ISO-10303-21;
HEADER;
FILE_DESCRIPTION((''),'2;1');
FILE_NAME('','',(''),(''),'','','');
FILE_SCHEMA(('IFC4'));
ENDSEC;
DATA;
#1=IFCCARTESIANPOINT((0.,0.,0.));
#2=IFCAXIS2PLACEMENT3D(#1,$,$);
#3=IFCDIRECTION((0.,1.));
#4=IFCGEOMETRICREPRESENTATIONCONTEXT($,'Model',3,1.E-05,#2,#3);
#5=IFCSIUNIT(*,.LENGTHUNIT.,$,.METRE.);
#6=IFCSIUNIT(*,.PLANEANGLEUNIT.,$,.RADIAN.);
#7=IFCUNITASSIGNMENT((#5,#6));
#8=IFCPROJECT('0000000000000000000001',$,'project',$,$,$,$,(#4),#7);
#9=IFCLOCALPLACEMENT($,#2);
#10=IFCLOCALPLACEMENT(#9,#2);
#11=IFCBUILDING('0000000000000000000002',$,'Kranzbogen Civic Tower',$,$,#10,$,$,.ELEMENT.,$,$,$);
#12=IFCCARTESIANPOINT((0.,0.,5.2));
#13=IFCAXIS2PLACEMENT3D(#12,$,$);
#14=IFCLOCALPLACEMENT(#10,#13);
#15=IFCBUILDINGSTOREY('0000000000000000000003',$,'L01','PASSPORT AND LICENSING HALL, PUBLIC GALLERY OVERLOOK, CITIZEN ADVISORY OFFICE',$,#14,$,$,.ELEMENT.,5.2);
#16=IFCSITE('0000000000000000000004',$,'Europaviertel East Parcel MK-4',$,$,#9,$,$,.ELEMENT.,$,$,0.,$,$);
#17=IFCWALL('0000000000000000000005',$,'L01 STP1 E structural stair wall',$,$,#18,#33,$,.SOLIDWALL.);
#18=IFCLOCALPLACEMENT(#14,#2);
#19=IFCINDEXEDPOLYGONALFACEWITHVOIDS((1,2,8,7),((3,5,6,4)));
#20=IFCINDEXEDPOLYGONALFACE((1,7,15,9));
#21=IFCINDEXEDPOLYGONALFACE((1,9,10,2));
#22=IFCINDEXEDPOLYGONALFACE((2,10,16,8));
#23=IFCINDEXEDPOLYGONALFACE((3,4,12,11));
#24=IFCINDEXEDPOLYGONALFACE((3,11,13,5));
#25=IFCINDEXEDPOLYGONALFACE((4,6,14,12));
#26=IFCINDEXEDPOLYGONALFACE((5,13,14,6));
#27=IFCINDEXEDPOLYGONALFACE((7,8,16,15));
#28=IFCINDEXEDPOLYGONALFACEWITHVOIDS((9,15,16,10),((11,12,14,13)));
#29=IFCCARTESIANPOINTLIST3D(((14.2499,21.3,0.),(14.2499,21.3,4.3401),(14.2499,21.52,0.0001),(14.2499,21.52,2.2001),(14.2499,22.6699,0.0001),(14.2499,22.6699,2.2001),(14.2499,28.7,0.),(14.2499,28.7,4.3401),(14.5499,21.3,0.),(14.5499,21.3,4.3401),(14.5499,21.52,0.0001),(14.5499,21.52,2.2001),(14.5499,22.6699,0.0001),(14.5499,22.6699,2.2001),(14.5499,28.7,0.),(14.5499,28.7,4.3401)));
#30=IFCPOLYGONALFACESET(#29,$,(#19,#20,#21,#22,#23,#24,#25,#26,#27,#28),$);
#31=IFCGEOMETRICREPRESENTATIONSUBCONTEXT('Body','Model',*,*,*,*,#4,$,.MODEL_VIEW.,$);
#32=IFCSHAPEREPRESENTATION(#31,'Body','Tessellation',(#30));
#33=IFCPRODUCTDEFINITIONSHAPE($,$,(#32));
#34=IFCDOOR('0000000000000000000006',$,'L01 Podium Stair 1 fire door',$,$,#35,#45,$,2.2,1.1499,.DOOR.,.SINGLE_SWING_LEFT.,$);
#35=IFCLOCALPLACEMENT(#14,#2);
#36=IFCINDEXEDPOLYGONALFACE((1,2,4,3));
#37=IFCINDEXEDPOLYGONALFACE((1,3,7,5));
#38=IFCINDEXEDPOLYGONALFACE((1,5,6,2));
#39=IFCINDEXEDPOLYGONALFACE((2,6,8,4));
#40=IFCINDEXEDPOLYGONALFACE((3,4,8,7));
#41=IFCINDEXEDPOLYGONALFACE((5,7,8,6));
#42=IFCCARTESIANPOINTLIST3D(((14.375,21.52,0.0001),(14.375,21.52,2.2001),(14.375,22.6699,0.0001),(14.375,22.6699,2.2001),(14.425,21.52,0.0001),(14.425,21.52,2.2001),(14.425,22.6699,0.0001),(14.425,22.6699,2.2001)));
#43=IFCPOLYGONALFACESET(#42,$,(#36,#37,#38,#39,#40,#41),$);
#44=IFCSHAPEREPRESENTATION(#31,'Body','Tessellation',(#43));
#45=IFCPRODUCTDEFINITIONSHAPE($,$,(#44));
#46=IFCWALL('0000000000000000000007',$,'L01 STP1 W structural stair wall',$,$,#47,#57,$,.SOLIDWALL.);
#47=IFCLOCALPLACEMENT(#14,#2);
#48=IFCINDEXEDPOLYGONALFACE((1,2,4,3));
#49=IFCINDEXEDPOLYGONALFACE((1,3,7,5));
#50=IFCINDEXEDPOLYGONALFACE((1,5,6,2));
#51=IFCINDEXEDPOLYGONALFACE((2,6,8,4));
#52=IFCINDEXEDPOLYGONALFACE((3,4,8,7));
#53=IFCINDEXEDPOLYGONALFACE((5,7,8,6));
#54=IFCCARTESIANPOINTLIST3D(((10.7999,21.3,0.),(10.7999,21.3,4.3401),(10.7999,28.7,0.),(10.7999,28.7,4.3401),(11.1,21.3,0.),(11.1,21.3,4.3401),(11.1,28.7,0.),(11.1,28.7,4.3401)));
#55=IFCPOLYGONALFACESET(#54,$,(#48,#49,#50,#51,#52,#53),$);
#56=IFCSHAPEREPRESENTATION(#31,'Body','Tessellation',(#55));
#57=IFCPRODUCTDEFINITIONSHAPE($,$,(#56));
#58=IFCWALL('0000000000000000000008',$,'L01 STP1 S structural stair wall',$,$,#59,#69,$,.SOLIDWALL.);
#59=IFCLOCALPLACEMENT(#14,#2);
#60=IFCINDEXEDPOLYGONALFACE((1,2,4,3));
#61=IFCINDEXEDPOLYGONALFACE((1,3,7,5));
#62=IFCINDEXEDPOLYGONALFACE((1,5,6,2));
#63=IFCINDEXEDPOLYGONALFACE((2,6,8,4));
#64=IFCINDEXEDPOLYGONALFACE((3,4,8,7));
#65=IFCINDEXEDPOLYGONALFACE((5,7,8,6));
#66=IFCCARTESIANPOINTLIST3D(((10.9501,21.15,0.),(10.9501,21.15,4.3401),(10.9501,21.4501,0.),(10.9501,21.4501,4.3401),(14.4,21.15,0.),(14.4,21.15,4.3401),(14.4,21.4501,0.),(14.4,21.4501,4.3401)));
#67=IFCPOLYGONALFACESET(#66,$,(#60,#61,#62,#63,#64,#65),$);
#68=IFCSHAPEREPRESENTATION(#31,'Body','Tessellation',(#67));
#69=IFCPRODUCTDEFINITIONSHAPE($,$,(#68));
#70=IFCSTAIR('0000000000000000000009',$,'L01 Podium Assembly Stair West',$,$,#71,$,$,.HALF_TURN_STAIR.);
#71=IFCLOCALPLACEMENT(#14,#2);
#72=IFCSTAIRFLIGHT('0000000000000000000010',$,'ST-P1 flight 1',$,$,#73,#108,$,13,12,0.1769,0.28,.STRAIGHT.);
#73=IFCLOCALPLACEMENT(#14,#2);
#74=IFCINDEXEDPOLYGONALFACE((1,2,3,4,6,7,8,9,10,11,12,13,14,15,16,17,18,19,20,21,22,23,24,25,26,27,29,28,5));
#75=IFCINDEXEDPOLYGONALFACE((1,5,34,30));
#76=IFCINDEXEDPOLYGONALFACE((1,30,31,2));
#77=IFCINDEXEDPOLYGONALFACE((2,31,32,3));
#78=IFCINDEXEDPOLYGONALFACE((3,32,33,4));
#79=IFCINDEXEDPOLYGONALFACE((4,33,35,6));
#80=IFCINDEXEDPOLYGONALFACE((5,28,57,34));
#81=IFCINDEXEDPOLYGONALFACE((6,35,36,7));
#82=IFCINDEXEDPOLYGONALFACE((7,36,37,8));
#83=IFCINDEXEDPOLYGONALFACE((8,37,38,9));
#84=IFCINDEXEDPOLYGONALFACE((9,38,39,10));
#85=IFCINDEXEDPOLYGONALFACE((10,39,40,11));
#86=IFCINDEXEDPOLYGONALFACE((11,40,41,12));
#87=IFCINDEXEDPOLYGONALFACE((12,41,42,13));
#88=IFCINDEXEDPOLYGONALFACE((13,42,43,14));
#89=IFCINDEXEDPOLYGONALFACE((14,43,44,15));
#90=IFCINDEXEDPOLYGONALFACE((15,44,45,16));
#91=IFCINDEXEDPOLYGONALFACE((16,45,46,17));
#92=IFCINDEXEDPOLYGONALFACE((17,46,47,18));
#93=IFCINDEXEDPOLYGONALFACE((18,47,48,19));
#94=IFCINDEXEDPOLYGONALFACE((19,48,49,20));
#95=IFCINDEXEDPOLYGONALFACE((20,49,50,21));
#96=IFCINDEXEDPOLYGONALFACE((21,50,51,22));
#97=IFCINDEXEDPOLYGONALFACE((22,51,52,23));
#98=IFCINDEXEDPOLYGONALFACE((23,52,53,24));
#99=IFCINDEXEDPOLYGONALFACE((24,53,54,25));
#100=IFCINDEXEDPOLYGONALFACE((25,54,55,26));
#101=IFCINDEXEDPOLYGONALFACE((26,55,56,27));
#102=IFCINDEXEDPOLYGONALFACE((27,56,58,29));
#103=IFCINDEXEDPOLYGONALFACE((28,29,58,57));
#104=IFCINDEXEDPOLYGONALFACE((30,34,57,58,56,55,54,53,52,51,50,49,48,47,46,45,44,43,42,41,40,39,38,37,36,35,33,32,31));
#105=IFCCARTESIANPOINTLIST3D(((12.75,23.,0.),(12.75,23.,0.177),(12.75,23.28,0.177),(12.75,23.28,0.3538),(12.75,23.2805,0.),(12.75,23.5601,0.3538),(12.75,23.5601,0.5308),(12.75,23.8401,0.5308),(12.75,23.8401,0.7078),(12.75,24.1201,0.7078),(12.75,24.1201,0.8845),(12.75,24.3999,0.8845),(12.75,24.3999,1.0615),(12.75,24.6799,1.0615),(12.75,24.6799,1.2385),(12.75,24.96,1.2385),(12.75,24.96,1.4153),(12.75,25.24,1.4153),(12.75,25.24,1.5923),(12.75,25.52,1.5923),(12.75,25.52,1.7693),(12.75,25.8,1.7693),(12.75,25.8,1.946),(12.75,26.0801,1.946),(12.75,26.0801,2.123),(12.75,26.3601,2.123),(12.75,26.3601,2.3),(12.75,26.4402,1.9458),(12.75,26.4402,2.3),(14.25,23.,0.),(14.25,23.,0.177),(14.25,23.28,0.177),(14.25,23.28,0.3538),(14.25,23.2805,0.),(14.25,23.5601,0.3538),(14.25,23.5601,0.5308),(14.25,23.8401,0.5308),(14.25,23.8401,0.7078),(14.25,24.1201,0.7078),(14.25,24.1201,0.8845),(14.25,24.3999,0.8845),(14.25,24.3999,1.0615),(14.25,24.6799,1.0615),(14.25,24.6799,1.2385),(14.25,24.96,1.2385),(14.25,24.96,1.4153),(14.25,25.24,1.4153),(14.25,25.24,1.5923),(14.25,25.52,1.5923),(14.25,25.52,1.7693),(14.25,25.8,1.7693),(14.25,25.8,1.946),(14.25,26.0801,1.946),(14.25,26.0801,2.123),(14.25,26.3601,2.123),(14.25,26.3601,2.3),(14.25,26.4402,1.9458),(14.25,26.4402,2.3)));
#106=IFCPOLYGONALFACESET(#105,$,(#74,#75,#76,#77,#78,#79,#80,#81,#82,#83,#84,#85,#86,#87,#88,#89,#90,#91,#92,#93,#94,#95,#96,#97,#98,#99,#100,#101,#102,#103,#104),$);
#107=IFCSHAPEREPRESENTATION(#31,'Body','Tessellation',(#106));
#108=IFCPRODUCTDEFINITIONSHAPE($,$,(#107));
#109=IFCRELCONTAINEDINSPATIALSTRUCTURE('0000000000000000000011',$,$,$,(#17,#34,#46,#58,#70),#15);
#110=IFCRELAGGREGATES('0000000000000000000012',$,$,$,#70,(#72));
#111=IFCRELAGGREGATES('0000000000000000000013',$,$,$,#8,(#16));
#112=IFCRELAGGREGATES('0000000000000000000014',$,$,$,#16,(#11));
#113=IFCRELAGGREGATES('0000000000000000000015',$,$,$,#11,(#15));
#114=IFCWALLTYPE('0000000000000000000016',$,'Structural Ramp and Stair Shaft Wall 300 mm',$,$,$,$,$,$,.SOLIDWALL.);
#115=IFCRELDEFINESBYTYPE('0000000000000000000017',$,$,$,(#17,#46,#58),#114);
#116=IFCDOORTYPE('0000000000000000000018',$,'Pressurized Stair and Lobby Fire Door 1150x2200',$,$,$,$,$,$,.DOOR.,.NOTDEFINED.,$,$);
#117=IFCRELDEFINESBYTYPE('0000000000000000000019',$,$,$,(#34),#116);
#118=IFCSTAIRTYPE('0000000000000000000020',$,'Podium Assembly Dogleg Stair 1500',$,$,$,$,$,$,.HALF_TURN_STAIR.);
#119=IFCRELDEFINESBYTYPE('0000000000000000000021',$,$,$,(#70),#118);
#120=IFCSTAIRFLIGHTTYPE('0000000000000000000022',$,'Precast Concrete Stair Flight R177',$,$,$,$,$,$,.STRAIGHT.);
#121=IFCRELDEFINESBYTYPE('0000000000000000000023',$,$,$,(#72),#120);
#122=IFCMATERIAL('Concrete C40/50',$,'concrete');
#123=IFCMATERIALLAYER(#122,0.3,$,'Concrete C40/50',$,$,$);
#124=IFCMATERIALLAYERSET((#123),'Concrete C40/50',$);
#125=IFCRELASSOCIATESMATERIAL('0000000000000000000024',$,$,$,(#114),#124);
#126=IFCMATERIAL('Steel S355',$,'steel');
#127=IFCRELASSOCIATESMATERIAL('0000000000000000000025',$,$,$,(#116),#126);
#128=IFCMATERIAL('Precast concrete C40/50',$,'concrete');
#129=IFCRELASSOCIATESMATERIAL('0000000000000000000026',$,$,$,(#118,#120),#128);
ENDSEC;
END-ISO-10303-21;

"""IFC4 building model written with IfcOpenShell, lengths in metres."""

from ifc_helpers import new_model, si_unit, direction, frame, frame_2d, origin, place, context, subcontext, project, spatial, polyline, rectangle, outline, extrude, material, layer, layer_set, type_object, element, fill, aggregate, save


model = new_model("IFC4")

# Units and contexts
model_context = context("Model", 3, precision=1e-05, world=origin(), true_north=direction((0.0, 1.0)))
body_context = subcontext(model_context, "Body", "Model", "MODEL_VIEW")
ifc_project = project(units=[si_unit("LENGTHUNIT", "METRE"), si_unit("PLANEANGLEUNIT", "RADIAN")], contexts=[model_context])

# Site, building, storey
site_placement = place(None, origin())
site = spatial("IfcSite", under=ifc_project, at=site_placement, Name="Europaviertel East Parcel MK-4", CompositionType="ELEMENT", RefElevation=0.0)
building_placement = place(site_placement, origin())
building = spatial("IfcBuilding", under=site, at=building_placement, Name="Kranzbogen Civic Tower", CompositionType="ELEMENT")
storey_placement = place(building_placement, frame((0.0, 0.0, 5.2)))
storey = spatial("IfcBuildingStorey", under=building, at=storey_placement, Name="L01", Description="PASSPORT AND LICENSING HALL, PUBLIC GALLERY OVERLOOK, CITIZEN ADVISORY OFFICE", CompositionType="ELEMENT", Elevation=5.2)

# Shared definitions
ifc_material_1 = material(Name="Steel S355", Category="steel")

# Wall, opening, door
ifc_material_2 = material(Name="Concrete C40/50", Category="concrete")
ifc_layer_1 = layer(ifc_material_2, 0.3, Name="Concrete C40/50")
ifc_layer_set_1 = layer_set([ifc_layer_1], Name="Concrete C40/50")
wall_type_1 = type_object("IfcWallType", Name="Structural Ramp and Stair Shaft Wall 300 mm", PredefinedType="SOLIDWALL", material=ifc_layer_set_1)
wall_1_placement = place(storey_placement, frame((14.3999, 21.3, 0.0), z_axis=(0.0, 0.0, 1.0), x_axis=(0.0, 1.0, 0.0)))
wall_1 = element("IfcWall", 1, at=wall_1_placement, inside=storey, type_object=wall_type_1, Name="L01 STP1 E structural stair wall", PredefinedType="SOLIDWALL", context=body_context, shape_type="SweptSolid", body=[
    extrude(rectangle(XDim=7.3999, YDim=0.3, at=frame_2d((3.7, 0.0))), origin(), (0.0, 0.0, 1.0), 4.3401),
])
opening_1_placement = place(wall_1_placement, frame((0.22, 0.0, 0.0)))
opening_1 = element("IfcOpeningElement", 2, at=opening_1_placement, cuts=wall_1, PredefinedType="OPENING", context=body_context, shape_type="SweptSolid", body=[
    extrude(rectangle(XDim=1.1499, YDim=2.2, at=frame_2d((0.575, 1.1001))), frame((0.0, 0.1602, 0.0), z_axis=(0.0, -1.0, 0.0), x_axis=(1.0, 0.0, 0.0)), (0.0, 0.0, 1.0), 0.3201),
])
door_type_1 = type_object("IfcDoorType", Name="Pressurized Stair and Lobby Fire Door 1150x2200", OperationType="NOTDEFINED", PredefinedType="DOOR", material=ifc_material_1)
door_1_placement = place(opening_1_placement, origin())
door_1 = element("IfcDoor", 3, at=door_1_placement, inside=storey, type_object=door_type_1, Name="L01 Podium Stair 1 fire door", OperationType="SINGLE_SWING_LEFT", OverallHeight=2.2, OverallWidth=1.1499, PredefinedType="DOOR", context=body_context, shape_type="SweptSolid", body=[
    extrude(rectangle(XDim=1.1499, YDim=2.2, at=frame_2d((0.575, 1.1001))), frame((0.0, 0.0249, 0.0), z_axis=(0.0, -1.0, 0.0), x_axis=(1.0, 0.0, 0.0)), (0.0, 0.0, 1.0), 0.05),
])
fill(opening_1, door_1)

# Walls
wall_2_placement = place(storey_placement, frame((10.95, 21.3, 0.0), z_axis=(0.0, 0.0, 1.0), x_axis=(0.0, 1.0, 0.0)))
element("IfcWall", 4, at=wall_2_placement, inside=storey, type_object=wall_type_1, Name="L01 STP1 W structural stair wall", PredefinedType="SOLIDWALL", context=body_context, shape_type="SweptSolid", body=[
    extrude(rectangle(XDim=7.3999, YDim=0.3, at=frame_2d((3.7, 0.0))), origin(), (0.0, 0.0, 1.0), 4.3401),
])
wall_3_placement = place(storey_placement, frame((10.95, 21.3, 0.0), z_axis=(0.0, 0.0, 1.0), x_axis=(1.0, 0.0, 0.0)))
element("IfcWall", 5, at=wall_3_placement, inside=storey, type_object=wall_type_1, Name="L01 STP1 S structural stair wall", PredefinedType="SOLIDWALL", context=body_context, shape_type="SweptSolid", body=[
    extrude(rectangle(XDim=3.45, YDim=0.3, at=frame_2d((1.7251, 0.0))), origin(), (0.0, 0.0, 1.0), 4.3401),
])

# Stair, stair flight
ifc_material_3 = material(Name="Precast concrete C40/50", Category="concrete")
stair_type = type_object("IfcStairType", Name="Podium Assembly Dogleg Stair 1500", PredefinedType="HALF_TURN_STAIR", material=ifc_material_3)
stair_placement = place(storey_placement, origin())
stair = element("IfcStair", 6, at=stair_placement, inside=storey, type_object=stair_type, Name="L01 Podium Assembly Stair West", PredefinedType="HALF_TURN_STAIR")
stair_flight_type = type_object("IfcStairFlightType", Name="Precast Concrete Stair Flight R177", PredefinedType="STRAIGHT", material=ifc_material_3)
stair_flight_placement = place(storey_placement, frame((13.5, 23.0, 0.0), z_axis=(0.0, 0.0, 1.0), x_axis=(0.0, 1.0, 0.0)))
stair_flight = element("IfcStairFlight", 7, at=stair_flight_placement, type_object=stair_flight_type, Name="ST-P1 flight 1", NumberOfRisers=13, NumberOfTreads=12, PredefinedType="STRAIGHT", RiserHeight=0.1769, TreadLength=0.28, context=body_context, shape_type="SweptSolid", body=[
    extrude(outline(polyline([(0.0, 0.0), (0.0, 0.177), (0.28, 0.177), (0.28, 0.3538), (0.5601, 0.3538), (0.5601, 0.5308), (0.8401, 0.5308), (0.8401, 0.7078), (1.1201, 0.7078), (1.1201, 0.8845), (1.3999, 0.8845), (1.3999, 1.0615), (1.6799, 1.0615), (1.6799, 1.2385), (1.96, 1.2385), (1.96, 1.4153), (2.24, 1.4153), (2.24, 1.5923), (2.52, 1.5923), (2.52, 1.7693), (2.8, 1.7693), (2.8, 1.946), (3.0801, 1.946), (3.0801, 2.123), (3.3601, 2.123), (3.3601, 2.3), (3.4402, 2.3), (3.4402, 1.9458), (0.2805, 0.0), (0.0, 0.0)])), frame((0.0, 0.75, 0.0), z_axis=(0.0, -1.0, 0.0), x_axis=(1.0, 0.0, 0.0)), (0.0, 0.0, 1.0), 1.5),
])
aggregate(stair, [stair_flight])

save(model, "model.ifc")
